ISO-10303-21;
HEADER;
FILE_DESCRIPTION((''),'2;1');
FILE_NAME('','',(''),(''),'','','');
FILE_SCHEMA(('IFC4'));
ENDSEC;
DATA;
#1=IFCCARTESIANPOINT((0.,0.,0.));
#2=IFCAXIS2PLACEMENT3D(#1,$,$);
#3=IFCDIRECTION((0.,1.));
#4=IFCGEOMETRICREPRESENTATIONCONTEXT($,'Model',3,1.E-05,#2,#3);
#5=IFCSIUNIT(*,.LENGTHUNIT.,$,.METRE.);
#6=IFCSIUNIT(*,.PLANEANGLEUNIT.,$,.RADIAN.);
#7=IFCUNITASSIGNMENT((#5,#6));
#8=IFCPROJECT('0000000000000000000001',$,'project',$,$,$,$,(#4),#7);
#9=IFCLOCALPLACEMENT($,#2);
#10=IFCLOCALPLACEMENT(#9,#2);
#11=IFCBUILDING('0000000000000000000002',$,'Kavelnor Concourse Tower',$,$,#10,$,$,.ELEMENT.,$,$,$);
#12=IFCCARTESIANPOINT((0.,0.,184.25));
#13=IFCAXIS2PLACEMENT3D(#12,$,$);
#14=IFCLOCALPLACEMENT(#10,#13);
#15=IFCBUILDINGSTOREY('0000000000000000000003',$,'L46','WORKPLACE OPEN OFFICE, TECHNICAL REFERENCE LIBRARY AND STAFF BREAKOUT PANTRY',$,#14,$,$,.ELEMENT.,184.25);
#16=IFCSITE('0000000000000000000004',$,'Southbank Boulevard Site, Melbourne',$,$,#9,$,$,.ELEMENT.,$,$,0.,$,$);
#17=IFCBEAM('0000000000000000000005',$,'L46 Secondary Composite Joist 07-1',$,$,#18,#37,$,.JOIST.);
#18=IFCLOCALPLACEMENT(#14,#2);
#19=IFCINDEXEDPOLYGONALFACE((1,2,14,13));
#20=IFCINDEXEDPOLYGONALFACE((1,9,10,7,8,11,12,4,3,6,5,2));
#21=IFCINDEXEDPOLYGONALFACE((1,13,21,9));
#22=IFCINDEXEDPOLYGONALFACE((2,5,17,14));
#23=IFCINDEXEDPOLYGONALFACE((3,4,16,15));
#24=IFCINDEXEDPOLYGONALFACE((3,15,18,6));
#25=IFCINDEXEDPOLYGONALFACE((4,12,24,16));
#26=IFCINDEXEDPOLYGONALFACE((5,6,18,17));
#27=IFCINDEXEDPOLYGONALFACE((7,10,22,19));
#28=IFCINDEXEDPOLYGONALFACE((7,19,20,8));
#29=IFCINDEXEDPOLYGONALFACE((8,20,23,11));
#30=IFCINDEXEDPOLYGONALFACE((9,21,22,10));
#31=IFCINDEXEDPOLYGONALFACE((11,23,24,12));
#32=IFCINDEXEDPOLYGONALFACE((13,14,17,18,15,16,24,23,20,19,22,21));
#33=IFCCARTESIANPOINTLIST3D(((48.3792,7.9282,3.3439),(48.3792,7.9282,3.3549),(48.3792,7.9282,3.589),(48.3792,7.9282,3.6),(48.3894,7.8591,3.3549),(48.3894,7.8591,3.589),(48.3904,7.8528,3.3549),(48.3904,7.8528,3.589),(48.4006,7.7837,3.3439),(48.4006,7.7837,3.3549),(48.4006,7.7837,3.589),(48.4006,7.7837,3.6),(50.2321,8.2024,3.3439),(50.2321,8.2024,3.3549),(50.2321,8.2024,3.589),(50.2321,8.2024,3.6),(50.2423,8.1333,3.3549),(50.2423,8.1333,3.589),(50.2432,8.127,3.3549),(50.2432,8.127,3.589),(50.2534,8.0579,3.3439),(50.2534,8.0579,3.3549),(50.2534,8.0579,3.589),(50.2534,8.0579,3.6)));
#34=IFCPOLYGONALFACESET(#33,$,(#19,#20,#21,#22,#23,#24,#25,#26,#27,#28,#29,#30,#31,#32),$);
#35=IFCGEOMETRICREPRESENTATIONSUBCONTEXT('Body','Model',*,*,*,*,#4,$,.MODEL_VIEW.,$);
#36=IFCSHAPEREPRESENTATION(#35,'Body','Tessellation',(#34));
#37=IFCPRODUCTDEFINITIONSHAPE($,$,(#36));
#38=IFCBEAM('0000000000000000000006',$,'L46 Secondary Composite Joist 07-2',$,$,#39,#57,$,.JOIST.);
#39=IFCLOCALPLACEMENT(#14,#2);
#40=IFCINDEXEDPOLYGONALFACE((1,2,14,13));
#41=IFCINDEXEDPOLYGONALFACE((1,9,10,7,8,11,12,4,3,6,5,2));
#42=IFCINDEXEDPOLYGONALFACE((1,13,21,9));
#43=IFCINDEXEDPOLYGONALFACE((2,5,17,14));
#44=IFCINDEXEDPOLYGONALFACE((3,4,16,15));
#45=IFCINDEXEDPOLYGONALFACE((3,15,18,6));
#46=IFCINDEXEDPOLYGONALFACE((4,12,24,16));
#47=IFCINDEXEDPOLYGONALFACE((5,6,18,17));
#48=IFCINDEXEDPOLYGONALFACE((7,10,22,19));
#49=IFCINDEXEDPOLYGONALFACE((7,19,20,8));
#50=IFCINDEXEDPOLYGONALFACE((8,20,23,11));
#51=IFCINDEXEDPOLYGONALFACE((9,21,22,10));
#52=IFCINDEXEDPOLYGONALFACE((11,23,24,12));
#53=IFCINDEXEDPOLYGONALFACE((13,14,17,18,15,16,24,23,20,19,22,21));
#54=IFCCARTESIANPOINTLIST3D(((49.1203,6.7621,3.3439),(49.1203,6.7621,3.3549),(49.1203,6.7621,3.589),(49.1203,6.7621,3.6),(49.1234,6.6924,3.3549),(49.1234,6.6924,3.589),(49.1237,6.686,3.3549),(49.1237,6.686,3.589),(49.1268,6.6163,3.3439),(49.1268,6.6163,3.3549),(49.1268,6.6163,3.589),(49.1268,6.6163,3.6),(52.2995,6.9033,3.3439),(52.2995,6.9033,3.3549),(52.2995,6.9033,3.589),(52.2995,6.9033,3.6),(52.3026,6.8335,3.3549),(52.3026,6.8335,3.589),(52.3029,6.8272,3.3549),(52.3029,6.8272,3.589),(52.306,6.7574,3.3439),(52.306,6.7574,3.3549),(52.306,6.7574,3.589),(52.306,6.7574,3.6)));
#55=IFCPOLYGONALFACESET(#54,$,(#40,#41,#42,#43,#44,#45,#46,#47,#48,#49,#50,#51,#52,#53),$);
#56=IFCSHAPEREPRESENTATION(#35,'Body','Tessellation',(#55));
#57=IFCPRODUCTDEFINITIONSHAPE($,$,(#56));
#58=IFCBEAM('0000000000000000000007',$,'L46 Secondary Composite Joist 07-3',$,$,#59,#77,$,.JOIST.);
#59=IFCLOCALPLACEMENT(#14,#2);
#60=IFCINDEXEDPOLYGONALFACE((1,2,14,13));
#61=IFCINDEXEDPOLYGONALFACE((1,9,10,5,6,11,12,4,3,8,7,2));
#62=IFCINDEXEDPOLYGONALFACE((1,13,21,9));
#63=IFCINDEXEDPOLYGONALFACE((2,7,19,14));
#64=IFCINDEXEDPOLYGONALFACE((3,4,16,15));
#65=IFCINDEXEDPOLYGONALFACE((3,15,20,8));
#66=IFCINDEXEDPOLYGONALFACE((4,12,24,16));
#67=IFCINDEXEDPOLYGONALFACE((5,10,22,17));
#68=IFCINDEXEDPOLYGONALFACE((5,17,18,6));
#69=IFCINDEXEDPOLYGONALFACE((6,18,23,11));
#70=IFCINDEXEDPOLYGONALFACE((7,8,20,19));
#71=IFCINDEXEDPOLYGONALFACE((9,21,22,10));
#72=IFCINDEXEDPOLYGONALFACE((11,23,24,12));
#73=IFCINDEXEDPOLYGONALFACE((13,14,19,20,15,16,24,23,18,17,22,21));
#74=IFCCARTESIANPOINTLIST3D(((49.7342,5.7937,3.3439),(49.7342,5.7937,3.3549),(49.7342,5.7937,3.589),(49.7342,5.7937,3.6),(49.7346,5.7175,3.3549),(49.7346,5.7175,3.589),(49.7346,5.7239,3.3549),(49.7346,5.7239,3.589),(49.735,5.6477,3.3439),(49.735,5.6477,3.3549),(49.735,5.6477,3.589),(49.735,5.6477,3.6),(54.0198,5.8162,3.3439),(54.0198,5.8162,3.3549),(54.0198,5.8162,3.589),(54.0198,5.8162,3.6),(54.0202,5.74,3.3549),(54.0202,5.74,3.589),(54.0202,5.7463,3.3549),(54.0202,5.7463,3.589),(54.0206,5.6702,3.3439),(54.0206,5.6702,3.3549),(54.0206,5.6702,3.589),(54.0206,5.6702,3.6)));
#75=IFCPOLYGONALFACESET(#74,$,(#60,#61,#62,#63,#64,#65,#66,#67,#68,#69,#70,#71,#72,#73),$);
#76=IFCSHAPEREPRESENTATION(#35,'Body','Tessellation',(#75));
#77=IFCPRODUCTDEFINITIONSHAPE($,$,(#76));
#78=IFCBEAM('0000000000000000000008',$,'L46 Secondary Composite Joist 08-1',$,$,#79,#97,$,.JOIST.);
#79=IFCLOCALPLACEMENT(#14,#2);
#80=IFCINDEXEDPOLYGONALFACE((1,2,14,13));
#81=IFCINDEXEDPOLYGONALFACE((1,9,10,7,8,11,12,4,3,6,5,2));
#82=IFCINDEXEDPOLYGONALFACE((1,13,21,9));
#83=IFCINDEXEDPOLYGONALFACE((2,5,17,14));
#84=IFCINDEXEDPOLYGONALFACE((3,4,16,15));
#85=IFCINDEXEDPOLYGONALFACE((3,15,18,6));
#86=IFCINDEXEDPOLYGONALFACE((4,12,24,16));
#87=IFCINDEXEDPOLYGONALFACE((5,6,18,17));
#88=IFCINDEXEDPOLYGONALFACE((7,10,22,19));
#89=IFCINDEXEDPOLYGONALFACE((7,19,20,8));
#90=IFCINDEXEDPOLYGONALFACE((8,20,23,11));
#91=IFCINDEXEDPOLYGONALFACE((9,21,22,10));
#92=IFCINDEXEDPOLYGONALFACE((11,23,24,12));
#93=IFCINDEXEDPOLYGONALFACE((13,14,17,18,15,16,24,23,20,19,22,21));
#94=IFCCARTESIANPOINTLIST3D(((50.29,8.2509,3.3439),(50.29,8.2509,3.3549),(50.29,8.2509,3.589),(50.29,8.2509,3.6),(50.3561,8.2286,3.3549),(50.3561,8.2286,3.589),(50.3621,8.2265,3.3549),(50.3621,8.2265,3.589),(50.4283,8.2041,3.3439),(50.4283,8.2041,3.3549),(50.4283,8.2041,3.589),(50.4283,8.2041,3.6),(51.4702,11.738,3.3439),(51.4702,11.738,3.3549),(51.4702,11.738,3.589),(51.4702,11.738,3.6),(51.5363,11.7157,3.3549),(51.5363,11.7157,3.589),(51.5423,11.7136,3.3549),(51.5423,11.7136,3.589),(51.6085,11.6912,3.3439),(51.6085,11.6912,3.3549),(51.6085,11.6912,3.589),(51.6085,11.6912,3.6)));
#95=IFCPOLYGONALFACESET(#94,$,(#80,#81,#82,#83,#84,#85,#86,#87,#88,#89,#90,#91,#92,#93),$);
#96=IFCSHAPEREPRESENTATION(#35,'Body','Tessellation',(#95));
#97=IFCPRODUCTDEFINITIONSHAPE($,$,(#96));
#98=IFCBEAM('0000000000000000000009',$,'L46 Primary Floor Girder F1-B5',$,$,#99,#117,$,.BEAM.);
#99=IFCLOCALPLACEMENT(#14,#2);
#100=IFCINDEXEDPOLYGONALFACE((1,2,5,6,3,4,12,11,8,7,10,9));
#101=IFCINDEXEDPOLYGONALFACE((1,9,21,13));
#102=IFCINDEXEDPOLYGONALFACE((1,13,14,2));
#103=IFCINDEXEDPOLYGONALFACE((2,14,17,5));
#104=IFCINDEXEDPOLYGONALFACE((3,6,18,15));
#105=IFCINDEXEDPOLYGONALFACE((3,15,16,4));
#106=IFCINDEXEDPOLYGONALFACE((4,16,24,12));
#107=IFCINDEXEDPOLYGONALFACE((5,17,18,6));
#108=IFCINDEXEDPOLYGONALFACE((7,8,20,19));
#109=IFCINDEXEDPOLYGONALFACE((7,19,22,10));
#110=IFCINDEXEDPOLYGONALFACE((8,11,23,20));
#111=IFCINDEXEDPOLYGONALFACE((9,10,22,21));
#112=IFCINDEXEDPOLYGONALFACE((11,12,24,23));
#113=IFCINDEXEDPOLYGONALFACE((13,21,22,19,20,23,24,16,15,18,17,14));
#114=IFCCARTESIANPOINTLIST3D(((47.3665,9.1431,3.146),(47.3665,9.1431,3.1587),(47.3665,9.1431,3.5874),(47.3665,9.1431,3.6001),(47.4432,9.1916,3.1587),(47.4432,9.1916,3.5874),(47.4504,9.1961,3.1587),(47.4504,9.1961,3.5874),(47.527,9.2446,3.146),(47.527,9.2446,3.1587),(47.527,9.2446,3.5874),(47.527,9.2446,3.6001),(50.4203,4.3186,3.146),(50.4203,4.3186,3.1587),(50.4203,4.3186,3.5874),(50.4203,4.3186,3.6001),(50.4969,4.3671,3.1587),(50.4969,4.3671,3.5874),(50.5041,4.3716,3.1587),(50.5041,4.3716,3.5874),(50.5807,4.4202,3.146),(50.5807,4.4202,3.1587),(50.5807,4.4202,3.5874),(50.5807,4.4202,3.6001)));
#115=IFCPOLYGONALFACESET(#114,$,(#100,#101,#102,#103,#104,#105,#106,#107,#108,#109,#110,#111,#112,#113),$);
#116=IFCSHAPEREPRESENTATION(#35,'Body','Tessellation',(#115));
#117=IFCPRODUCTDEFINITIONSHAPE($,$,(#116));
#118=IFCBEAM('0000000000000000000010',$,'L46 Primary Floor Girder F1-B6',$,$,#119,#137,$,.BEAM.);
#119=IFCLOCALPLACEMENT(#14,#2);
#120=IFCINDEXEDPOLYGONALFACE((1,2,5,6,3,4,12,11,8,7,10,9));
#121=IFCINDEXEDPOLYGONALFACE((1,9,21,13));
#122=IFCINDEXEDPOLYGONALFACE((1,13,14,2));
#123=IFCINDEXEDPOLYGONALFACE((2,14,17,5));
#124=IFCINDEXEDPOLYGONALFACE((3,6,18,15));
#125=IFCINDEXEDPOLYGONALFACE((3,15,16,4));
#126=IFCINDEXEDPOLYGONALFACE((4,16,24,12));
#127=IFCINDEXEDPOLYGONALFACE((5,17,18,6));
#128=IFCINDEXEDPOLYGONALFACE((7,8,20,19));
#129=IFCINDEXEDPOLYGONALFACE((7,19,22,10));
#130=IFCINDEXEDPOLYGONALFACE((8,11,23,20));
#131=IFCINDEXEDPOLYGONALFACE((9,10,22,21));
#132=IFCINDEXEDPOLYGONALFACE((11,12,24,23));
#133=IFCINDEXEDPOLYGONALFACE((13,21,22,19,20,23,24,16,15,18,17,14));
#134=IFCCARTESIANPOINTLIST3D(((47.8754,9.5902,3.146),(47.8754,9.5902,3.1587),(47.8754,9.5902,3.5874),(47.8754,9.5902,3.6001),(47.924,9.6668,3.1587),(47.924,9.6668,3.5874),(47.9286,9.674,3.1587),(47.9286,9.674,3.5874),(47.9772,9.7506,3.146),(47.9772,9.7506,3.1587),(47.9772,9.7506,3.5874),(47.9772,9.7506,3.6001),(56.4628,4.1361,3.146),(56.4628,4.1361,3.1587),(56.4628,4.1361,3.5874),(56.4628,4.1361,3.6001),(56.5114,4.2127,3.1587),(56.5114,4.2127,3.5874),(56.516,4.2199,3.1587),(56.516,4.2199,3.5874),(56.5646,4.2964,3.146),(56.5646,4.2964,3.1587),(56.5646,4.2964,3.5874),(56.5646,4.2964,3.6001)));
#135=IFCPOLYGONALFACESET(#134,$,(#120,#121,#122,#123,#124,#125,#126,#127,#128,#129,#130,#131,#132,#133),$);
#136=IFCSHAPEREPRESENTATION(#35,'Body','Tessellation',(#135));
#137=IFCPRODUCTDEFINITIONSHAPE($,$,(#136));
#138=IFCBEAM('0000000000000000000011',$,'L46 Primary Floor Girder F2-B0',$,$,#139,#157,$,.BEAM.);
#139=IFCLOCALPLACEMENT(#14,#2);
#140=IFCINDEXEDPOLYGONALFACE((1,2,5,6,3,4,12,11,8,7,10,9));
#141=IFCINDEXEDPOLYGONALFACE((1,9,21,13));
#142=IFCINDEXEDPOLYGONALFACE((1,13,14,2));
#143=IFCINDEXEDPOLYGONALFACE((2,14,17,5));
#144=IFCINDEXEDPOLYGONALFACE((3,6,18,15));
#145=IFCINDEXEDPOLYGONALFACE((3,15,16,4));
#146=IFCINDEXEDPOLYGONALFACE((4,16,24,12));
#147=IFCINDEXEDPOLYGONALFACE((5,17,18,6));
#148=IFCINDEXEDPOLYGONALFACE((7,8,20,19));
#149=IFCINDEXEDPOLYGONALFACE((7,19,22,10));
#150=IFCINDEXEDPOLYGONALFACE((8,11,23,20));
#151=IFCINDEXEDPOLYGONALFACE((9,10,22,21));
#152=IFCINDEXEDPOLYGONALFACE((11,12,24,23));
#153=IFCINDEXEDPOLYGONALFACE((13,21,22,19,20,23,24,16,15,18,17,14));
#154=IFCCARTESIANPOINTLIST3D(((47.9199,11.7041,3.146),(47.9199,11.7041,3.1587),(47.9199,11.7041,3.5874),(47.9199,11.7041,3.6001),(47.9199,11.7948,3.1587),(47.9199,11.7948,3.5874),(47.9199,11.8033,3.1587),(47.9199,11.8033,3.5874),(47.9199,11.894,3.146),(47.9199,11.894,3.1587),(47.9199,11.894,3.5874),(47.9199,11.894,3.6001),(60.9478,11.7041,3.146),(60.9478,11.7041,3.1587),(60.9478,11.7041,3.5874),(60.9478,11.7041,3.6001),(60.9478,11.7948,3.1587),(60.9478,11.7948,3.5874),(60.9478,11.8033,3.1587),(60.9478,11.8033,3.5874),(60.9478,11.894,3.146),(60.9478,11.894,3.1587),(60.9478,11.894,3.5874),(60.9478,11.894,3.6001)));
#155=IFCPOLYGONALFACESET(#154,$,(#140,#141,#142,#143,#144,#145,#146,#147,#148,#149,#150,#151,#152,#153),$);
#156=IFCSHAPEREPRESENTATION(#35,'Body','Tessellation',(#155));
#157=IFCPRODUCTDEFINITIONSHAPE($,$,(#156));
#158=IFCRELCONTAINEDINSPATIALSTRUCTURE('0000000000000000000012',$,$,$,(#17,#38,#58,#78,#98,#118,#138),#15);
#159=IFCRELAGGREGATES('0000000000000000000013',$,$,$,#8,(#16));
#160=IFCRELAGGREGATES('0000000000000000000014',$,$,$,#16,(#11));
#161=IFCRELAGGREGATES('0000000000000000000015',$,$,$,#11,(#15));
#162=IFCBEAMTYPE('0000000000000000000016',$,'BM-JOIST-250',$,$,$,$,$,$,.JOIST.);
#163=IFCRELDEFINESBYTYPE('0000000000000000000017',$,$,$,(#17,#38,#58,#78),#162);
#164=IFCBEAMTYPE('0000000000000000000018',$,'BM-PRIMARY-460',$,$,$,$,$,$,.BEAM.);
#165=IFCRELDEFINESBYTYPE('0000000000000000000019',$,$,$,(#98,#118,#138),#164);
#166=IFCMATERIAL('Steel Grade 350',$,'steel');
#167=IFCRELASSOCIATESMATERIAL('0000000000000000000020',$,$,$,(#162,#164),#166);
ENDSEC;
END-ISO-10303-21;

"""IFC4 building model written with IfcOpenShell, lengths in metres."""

from ifc_helpers import new_model, si_unit, direction, frame, origin, origin_2d, place, context, subcontext, project, spatial, i_section, extrude, material, material_profile, profile_set, type_object, element, save


model = new_model("IFC4")

# Units and contexts
model_context = context("Model", 3, precision=1e-05, world=origin(), true_north=direction((0.0, 1.0)))
body_context = subcontext(model_context, "Body", "Model", "MODEL_VIEW")
ifc_project = project(units=[si_unit("LENGTHUNIT", "METRE"), si_unit("PLANEANGLEUNIT", "RADIAN")], contexts=[model_context])

# Site, building, storey
site_placement = place(None, origin())
site = spatial("IfcSite", under=ifc_project, at=site_placement, Name="Southbank Boulevard Site, Melbourne", CompositionType="ELEMENT", RefElevation=0.0)
building_placement = place(site_placement, origin())
building = spatial("IfcBuilding", under=site, at=building_placement, Name="Kavelnor Concourse Tower", CompositionType="ELEMENT")
storey_placement = place(building_placement, frame((0.0, 0.0, 184.25)))
storey = spatial("IfcBuildingStorey", under=building, at=storey_placement, Name="L46", Description="WORKPLACE OPEN OFFICE, TECHNICAL REFERENCE LIBRARY AND STAFF BREAKOUT PANTRY", CompositionType="ELEMENT", Elevation=184.25)

# Beams
ifc_material_1 = material(Name="Steel Grade 350", Category="steel")
ifc_material_profile_1 = material_profile(ifc_material_1, i_section(OverallWidth=0.146, OverallDepth=0.2561, WebThickness=0.0063, FlangeThickness=0.011, at=origin_2d()), Name="250UB37")
ifc_profile_set_1 = profile_set([ifc_material_profile_1], Name="Steel Grade 350")
beam_type_1 = type_object("IfcBeamType", Name="BM-JOIST-250", PredefinedType="JOIST", material=ifc_profile_set_1)
beam_1_placement = place(storey_placement, frame((48.3899, 7.856, 3.4719), z_axis=(0.989228, 0.146383, 0.0), x_axis=(-0.146383, 0.989228, 0.0)))
element("IfcBeam", 1, at=beam_1_placement, inside=storey, type_object=beam_type_1, Name="L46 Secondary Composite Joist 07-1", PredefinedType="JOIST", context=body_context, shape_type="SweptSolid", body=[
    extrude(i_section(OverallWidth=0.146, OverallDepth=0.2561, WebThickness=0.0063, FlangeThickness=0.011, at=origin_2d()), origin(), (0.0, 0.0, 1.0), 1.873),
])
beam_2_placement = place(storey_placement, frame((49.1235, 6.6892, 3.4719), z_axis=(0.999016, 0.044343, 0.0), x_axis=(-0.044343, 0.999016, 0.0)))
element("IfcBeam", 2, at=beam_2_placement, inside=storey, type_object=beam_type_1, Name="L46 Secondary Composite Joist 07-2", PredefinedType="JOIST", context=body_context, shape_type="SweptSolid", body=[
    extrude(i_section(OverallWidth=0.146, OverallDepth=0.2561, WebThickness=0.0063, FlangeThickness=0.011, at=origin_2d()), origin(), (0.0, 0.0, 1.0), 3.1824),
])
beam_3_placement = place(storey_placement, frame((49.7346, 5.7207, 3.4719), z_axis=(0.999986, 0.005241, 0.0), x_axis=(-0.005241, 0.999986, 0.0)))
element("IfcBeam", 3, at=beam_3_placement, inside=storey, type_object=beam_type_1, Name="L46 Secondary Composite Joist 07-3", PredefinedType="JOIST", context=body_context, shape_type="SweptSolid", body=[
    extrude(i_section(OverallWidth=0.146, OverallDepth=0.2561, WebThickness=0.0063, FlangeThickness=0.011, at=origin_2d()), origin(), (0.0, 0.0, 1.0), 4.2856),
])
beam_4_placement = place(storey_placement, frame((50.3591, 8.2275, 3.4719), z_axis=(0.320582, 0.947221, 0.0), x_axis=(-0.947221, 0.320582, 0.0)))
element("IfcBeam", 4, at=beam_4_placement, inside=storey, type_object=beam_type_1, Name="L46 Secondary Composite Joist 08-1", PredefinedType="JOIST", context=body_context, shape_type="SweptSolid", body=[
    extrude(i_section(OverallWidth=0.146, OverallDepth=0.2561, WebThickness=0.0063, FlangeThickness=0.011, at=origin_2d()), origin(), (0.0, 0.0, 1.0), 3.6814),
])
ifc_material_profile_2 = material_profile(ifc_material_1, i_section(OverallWidth=0.1899, OverallDepth=0.4541, WebThickness=0.0085, FlangeThickness=0.0127, at=origin_2d()), Name="460UB67")
ifc_profile_set_2 = profile_set([ifc_material_profile_2], Name="Steel Grade 350")
beam_type_2 = type_object("IfcBeamType", Name="BM-PRIMARY-460", PredefinedType="BEAM", material=ifc_profile_set_2)
beam_5_placement = place(storey_placement, frame((47.4468, 9.1938, 3.373), z_axis=(0.534829, -0.84496, 0.0), x_axis=(0.84496, 0.534829, 0.0)))
element("IfcBeam", 5, at=beam_5_placement, inside=storey, type_object=beam_type_2, Name="L46 Primary Floor Girder F1-B5", PredefinedType="BEAM", context=body_context, shape_type="SweptSolid", body=[
    extrude(i_section(OverallWidth=0.1899, OverallDepth=0.4541, WebThickness=0.0085, FlangeThickness=0.0127, at=origin_2d()), origin(), (0.0, 0.0, 1.0), 5.7097),
])
beam_6_placement = place(storey_placement, frame((47.9263, 9.6704, 3.373), z_axis=(0.844134, -0.536133, 0.0), x_axis=(0.536133, 0.844134, 0.0)))
element("IfcBeam", 6, at=beam_6_placement, inside=storey, type_object=beam_type_2, Name="L46 Primary Floor Girder F1-B6", PredefinedType="BEAM", context=body_context, shape_type="SweptSolid", body=[
    extrude(i_section(OverallWidth=0.1899, OverallDepth=0.4541, WebThickness=0.0085, FlangeThickness=0.0127, at=origin_2d()), origin(), (0.0, 0.0, 1.0), 10.1731),
])
beam_7_placement = place(storey_placement, frame((47.9199, 11.7991, 3.373), z_axis=(1.0, 0.0, 0.0), x_axis=(0.0, 1.0, 0.0)))
element("IfcBeam", 7, at=beam_7_placement, inside=storey, type_object=beam_type_2, Name="L46 Primary Floor Girder F2-B0", PredefinedType="BEAM", context=body_context, shape_type="SweptSolid", body=[
    extrude(i_section(OverallWidth=0.1899, OverallDepth=0.4541, WebThickness=0.0085, FlangeThickness=0.0127, at=origin_2d()), origin(), (0.0, 0.0, 1.0), 13.0278),
])

save(model, "model.ifc")
